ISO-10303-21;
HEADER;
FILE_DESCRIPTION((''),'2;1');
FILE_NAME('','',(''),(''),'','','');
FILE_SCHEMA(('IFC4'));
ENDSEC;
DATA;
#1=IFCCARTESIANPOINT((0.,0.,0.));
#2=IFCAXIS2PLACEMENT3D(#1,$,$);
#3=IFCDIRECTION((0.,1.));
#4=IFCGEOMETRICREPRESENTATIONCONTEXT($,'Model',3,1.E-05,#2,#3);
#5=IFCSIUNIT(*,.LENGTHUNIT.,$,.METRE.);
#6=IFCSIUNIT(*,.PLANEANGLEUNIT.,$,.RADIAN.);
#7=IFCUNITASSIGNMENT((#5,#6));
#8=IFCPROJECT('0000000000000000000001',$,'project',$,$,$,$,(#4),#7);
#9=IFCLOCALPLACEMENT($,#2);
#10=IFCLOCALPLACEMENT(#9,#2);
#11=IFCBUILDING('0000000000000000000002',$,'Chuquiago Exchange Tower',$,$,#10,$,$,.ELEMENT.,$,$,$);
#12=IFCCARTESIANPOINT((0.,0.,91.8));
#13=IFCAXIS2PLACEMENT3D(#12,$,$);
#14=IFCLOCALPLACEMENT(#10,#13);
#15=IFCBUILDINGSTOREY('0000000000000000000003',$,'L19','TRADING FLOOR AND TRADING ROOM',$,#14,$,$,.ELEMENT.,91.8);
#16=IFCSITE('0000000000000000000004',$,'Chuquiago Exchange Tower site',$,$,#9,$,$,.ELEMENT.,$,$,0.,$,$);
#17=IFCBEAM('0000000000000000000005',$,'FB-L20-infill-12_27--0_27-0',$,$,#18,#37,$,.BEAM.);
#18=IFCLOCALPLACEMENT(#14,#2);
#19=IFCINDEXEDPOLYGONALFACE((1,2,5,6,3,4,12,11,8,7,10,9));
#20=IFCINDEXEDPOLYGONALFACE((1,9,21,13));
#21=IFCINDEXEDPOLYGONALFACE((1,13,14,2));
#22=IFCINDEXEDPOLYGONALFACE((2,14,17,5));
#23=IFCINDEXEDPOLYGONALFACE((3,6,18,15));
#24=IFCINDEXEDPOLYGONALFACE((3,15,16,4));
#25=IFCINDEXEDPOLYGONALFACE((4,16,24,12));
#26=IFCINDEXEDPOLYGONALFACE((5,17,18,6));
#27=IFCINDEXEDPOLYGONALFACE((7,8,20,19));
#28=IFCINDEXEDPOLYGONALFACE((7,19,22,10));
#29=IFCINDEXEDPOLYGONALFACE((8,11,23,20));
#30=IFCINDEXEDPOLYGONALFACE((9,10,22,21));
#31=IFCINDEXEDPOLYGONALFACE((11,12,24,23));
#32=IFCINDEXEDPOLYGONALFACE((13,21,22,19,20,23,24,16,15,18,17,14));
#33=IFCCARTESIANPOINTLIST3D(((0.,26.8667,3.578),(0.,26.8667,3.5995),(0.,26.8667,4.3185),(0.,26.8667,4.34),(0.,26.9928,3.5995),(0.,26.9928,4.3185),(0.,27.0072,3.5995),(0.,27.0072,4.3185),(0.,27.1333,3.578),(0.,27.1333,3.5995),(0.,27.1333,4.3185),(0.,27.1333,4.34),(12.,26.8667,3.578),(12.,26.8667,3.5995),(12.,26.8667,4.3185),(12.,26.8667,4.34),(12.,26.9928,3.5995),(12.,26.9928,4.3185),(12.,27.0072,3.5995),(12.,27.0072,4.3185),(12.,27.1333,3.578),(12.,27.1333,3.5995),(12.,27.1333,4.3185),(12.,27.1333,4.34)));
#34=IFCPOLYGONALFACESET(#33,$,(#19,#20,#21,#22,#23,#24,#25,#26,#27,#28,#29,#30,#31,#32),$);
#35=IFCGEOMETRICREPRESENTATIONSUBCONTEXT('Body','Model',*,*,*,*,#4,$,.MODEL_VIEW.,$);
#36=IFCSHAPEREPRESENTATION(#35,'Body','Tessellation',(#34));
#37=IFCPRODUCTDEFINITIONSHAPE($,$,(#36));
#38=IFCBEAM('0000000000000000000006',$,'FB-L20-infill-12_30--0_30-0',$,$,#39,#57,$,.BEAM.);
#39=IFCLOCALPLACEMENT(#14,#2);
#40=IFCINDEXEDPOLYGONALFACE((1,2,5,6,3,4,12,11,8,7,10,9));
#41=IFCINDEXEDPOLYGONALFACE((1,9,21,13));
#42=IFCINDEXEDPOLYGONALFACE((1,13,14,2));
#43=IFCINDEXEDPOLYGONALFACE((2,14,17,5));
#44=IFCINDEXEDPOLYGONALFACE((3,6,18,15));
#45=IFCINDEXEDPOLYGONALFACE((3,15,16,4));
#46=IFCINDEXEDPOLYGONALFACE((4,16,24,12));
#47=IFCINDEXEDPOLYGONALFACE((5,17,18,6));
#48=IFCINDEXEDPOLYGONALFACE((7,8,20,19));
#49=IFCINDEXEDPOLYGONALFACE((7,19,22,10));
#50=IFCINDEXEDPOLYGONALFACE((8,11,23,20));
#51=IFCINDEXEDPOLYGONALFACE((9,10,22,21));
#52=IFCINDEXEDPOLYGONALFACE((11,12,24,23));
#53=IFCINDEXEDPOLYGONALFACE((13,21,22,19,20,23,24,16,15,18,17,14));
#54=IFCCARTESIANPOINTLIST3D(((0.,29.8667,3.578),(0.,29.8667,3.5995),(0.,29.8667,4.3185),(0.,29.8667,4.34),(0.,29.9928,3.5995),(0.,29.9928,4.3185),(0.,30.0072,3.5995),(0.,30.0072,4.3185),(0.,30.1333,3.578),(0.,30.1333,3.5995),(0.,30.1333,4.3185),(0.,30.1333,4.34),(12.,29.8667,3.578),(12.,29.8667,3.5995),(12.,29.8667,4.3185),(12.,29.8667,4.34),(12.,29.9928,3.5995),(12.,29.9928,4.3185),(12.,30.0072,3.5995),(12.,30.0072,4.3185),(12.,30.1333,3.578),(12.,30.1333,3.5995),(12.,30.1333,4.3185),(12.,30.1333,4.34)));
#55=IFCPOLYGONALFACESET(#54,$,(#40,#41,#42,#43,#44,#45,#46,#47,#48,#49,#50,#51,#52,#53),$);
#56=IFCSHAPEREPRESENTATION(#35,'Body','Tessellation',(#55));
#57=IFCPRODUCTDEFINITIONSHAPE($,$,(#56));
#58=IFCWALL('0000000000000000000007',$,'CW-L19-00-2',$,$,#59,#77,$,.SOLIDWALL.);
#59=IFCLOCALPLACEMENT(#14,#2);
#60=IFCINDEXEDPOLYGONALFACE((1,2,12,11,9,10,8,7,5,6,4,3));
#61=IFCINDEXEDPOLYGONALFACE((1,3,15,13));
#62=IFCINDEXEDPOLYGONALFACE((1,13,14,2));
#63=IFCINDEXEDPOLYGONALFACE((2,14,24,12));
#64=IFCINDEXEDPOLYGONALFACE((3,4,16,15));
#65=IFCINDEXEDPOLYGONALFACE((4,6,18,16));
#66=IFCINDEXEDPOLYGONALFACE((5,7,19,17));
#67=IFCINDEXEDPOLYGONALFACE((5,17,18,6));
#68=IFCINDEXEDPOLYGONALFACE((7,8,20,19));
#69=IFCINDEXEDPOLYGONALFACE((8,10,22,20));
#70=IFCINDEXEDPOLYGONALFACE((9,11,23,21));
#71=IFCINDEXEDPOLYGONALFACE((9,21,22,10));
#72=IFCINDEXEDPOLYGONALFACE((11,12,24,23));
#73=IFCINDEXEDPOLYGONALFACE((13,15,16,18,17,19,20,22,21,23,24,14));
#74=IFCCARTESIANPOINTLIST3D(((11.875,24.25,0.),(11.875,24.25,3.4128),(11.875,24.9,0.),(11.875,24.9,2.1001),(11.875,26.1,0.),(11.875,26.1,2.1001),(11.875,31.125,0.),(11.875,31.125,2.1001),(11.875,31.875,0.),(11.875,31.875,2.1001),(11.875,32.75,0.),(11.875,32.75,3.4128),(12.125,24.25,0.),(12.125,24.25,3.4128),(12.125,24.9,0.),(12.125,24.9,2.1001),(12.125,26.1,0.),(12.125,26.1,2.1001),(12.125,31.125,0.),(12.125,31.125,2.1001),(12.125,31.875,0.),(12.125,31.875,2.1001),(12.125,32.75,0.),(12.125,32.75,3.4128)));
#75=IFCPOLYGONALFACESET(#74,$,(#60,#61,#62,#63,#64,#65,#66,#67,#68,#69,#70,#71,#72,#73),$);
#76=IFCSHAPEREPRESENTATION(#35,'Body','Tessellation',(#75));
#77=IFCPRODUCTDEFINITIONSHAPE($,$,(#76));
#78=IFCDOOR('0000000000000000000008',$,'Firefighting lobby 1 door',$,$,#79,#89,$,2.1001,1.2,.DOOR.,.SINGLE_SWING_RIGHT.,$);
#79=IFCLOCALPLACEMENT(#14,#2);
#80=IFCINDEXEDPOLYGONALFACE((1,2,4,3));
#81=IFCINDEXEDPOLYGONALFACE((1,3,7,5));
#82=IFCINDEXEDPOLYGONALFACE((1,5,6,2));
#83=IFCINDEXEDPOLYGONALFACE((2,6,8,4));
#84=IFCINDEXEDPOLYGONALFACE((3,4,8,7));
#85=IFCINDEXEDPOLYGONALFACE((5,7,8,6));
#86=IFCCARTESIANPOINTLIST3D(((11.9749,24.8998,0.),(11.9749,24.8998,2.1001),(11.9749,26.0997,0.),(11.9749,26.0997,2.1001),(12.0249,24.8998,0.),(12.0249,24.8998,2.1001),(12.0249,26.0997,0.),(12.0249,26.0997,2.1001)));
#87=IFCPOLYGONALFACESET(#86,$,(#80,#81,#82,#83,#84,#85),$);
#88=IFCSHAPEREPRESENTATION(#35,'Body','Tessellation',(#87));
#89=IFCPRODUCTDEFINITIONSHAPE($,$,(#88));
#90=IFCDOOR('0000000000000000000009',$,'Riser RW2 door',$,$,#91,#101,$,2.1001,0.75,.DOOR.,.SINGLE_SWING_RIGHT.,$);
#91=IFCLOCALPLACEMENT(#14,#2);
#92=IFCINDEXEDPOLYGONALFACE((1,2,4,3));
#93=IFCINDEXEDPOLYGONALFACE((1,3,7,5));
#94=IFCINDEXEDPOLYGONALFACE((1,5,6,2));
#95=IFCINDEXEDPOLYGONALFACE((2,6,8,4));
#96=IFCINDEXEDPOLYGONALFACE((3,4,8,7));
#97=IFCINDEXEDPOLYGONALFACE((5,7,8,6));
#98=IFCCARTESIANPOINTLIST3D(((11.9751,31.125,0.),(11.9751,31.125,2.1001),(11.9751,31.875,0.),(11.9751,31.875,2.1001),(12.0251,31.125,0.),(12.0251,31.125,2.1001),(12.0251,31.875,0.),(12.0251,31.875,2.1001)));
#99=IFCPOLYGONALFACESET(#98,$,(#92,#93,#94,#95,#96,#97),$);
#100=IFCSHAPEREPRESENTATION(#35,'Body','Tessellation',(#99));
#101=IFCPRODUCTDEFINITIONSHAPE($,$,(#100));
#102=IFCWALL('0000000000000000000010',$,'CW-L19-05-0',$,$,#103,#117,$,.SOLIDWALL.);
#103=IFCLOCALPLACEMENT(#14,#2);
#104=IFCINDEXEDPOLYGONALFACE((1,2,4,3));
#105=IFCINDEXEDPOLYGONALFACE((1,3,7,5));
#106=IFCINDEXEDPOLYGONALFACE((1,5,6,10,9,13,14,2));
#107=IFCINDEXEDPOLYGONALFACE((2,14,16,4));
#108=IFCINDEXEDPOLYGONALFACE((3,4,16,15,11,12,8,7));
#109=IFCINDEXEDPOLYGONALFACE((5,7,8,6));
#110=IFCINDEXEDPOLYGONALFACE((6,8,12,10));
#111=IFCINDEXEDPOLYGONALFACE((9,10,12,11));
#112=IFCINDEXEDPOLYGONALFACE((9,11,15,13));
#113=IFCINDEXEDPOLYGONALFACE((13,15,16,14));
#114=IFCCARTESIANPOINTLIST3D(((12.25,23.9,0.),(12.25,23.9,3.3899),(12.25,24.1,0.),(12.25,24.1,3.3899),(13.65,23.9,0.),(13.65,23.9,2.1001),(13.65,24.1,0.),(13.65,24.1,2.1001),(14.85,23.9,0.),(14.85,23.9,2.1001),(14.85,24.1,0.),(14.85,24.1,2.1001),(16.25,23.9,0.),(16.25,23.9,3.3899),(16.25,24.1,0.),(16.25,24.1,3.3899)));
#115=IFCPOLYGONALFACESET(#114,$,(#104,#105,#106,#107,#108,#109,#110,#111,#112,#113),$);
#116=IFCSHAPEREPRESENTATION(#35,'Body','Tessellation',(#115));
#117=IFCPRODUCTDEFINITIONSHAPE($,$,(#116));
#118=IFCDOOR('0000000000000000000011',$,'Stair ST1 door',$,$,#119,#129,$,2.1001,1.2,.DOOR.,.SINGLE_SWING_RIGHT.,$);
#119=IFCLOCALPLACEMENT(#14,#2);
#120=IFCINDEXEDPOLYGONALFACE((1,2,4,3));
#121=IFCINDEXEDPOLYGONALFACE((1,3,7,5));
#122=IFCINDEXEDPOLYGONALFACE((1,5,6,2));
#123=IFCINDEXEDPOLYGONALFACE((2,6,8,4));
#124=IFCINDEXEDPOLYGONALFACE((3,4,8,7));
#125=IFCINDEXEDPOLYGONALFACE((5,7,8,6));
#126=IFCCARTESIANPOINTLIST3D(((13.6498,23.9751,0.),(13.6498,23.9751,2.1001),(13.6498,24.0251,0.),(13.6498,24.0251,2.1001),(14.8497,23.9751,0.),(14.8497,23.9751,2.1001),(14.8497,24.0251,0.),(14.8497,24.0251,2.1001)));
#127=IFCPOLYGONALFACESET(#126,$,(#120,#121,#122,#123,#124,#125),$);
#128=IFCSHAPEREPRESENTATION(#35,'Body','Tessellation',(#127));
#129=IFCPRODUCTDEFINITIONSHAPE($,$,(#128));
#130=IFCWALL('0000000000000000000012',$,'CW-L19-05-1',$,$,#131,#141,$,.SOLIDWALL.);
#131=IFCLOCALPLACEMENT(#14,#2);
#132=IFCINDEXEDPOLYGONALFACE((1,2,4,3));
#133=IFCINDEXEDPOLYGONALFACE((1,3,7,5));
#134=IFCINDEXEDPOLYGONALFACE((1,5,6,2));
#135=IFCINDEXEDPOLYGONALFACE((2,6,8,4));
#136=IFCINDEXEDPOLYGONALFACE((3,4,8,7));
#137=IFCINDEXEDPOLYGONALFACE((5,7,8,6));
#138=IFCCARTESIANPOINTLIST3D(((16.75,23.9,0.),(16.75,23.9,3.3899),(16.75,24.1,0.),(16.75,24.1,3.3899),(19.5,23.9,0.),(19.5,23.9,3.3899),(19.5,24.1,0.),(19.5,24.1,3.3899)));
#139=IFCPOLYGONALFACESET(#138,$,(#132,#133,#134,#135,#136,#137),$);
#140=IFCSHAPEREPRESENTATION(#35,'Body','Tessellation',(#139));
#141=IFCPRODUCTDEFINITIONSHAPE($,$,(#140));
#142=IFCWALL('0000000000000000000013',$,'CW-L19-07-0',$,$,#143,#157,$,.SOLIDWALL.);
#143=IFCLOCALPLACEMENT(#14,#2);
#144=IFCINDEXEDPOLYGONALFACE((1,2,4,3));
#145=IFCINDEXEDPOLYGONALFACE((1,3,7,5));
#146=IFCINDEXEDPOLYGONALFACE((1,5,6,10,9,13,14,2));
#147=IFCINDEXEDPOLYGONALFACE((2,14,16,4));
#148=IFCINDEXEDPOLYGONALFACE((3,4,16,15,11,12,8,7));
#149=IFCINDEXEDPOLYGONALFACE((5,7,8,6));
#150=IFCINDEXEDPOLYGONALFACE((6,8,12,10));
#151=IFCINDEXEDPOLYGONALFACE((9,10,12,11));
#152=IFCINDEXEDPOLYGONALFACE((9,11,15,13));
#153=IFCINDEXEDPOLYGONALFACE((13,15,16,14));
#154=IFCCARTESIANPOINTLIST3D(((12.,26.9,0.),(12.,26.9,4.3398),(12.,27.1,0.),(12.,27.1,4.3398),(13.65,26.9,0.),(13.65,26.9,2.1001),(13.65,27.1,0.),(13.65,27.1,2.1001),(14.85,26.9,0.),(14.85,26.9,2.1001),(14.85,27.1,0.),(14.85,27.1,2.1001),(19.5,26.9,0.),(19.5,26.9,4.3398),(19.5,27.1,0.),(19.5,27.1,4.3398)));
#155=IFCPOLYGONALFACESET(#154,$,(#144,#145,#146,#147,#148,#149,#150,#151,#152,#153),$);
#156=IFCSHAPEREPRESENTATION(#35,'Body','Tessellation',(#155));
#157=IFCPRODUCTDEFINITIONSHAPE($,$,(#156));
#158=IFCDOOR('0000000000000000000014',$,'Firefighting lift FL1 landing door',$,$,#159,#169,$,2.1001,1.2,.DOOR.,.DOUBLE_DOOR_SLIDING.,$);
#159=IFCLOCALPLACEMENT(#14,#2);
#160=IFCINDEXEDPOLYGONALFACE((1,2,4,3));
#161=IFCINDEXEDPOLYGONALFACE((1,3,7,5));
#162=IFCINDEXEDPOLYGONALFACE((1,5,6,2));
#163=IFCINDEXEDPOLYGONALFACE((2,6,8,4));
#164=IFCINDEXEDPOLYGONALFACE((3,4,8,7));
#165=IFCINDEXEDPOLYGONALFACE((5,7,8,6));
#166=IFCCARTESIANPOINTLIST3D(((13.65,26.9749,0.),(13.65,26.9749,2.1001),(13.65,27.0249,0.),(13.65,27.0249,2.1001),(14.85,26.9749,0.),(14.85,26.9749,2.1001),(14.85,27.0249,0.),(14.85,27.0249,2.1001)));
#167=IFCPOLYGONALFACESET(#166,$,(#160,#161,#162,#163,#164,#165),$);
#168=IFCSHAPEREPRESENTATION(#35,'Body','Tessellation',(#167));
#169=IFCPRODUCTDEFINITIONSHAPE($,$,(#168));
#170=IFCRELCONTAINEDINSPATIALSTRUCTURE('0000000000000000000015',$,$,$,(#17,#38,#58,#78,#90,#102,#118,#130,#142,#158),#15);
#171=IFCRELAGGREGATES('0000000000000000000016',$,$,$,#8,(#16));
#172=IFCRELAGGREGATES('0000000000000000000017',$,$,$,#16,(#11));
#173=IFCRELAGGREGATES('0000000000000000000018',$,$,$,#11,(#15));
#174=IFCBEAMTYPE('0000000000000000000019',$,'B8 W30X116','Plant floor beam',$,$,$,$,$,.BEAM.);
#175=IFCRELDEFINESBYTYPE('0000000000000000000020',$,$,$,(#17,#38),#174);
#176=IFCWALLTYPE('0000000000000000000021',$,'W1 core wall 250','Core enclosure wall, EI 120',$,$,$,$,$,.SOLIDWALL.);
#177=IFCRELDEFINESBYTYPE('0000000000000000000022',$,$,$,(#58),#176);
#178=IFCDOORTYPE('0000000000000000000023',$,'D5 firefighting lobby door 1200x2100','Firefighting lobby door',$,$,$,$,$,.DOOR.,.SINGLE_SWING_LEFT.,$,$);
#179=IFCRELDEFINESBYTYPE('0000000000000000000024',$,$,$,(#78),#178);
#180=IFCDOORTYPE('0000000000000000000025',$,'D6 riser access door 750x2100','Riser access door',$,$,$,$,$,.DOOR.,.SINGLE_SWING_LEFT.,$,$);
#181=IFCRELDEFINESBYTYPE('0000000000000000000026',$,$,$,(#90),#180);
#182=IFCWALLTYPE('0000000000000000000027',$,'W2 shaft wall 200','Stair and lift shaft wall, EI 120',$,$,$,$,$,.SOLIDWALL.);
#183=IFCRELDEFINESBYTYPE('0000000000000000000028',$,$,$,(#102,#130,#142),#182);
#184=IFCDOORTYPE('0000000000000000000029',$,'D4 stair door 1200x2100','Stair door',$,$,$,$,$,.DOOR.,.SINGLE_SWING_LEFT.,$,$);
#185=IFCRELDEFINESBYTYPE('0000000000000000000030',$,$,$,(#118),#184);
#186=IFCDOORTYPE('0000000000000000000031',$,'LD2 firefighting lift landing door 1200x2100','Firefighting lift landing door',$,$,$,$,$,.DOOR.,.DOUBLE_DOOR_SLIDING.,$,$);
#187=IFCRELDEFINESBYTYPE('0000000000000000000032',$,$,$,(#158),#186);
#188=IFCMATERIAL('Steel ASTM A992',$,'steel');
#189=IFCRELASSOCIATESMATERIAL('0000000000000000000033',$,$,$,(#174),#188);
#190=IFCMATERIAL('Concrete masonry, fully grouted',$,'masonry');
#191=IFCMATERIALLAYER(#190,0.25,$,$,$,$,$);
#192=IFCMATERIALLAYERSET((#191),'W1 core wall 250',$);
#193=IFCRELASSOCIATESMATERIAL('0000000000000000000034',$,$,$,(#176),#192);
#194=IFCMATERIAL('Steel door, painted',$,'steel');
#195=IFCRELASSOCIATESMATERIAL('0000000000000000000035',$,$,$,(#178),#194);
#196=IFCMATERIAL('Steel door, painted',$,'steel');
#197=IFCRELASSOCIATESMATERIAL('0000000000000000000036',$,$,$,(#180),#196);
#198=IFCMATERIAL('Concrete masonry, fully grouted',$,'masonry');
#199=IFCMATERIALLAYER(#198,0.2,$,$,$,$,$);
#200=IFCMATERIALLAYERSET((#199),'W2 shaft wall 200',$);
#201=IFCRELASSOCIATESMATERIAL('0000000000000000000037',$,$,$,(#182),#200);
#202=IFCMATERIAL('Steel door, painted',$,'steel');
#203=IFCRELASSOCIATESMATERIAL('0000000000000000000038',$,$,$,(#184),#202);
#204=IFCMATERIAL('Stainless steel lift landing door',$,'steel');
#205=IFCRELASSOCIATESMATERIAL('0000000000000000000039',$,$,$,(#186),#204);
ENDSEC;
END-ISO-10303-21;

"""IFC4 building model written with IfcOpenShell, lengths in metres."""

from ifc_helpers import new_model, si_unit, direction, frame, frame_2d, origin, origin_2d, place, context, subcontext, project, spatial, rectangle, i_section, extrude, material, layer, layer_set, material_profile, profile_set, type_object, element, fill, save


model = new_model("IFC4")

# Units and contexts
model_context = context("Model", 3, precision=1e-05, world=origin(), true_north=direction((0.0, 1.0)))
body_context = subcontext(model_context, "Body", "Model", "MODEL_VIEW")
ifc_project = project(units=[si_unit("LENGTHUNIT", "METRE"), si_unit("PLANEANGLEUNIT", "RADIAN")], contexts=[model_context])

# Site, building, storey
site_placement = place(None, origin())
site = spatial("IfcSite", under=ifc_project, at=site_placement, Name="Chuquiago Exchange Tower site", CompositionType="ELEMENT", RefElevation=0.0)
building_placement = place(site_placement, origin())
building = spatial("IfcBuilding", under=site, at=building_placement, Name="Chuquiago Exchange Tower", CompositionType="ELEMENT")
storey_placement = place(building_placement, frame((0.0, 0.0, 91.8)))
storey = spatial("IfcBuildingStorey", under=building, at=storey_placement, Name="L19", Description="TRADING FLOOR AND TRADING ROOM", CompositionType="ELEMENT", Elevation=91.8)

# Beams
ifc_material_1 = material(Name="Steel ASTM A992", Category="steel")
ifc_material_profile_1 = material_profile(ifc_material_1, i_section(OverallWidth=0.2666, OverallDepth=0.762, WebThickness=0.0144, FlangeThickness=0.0215, at=origin_2d()), Name="W30X116")
ifc_profile_set_1 = profile_set([ifc_material_profile_1], Name="Steel ASTM A992")
beam_type_1 = type_object("IfcBeamType", Name="B8 W30X116", Description="Plant floor beam", PredefinedType="BEAM", material=ifc_profile_set_1)
for number, where, z_axis, x_axis, name in (
    (1, (12.0, 27.0, 3.959), (-1.0, 0.0, 0.0), (0.0, -1.0, 0.0), "FB-L20-infill-12_27--0_27-0"),
    (2, (12.0, 30.0, 3.959), (-1.0, 0.0, 0.0), (0.0, -1.0, 0.0), "FB-L20-infill-12_30--0_30-0"),
):
    element("IfcBeam", number, at=place(storey_placement, frame(where, z_axis=z_axis, x_axis=x_axis)), inside=storey, type_object=beam_type_1, Name=name, PredefinedType="BEAM", context=body_context, shape_type="SweptSolid", body=[
        extrude(i_section(OverallWidth=0.2666, OverallDepth=0.762, WebThickness=0.0144, FlangeThickness=0.0215, at=origin_2d()), origin(), (0.0, 0.0, 1.0), 12.0),
    ])

# Wall, openings, doors
ifc_material_2 = material(Name="Concrete masonry, fully grouted", Category="masonry")
ifc_layer_1 = layer(ifc_material_2, 0.25)
ifc_layer_set_1 = layer_set([ifc_layer_1], Name="W1 core wall 250")
wall_type_1 = type_object("IfcWallType", Name="W1 core wall 250", Description="Core enclosure wall, EI 120", PredefinedType="SOLIDWALL", material=ifc_layer_set_1)
wall_1_placement = place(storey_placement, frame((12.0, 24.25, 0.0), z_axis=(0.0, 0.0, 1.0), x_axis=(0.0, 1.0, 0.0)))
wall_1 = element("IfcWall", 3, at=wall_1_placement, inside=storey, type_object=wall_type_1, Name="CW-L19-00-2", PredefinedType="SOLIDWALL", context=body_context, shape_type="SweptSolid", body=[
    extrude(rectangle(XDim=8.5, YDim=0.25, at=frame_2d((4.25, 0.0))), origin(), (0.0, 0.0, 1.0), 3.4128),
])
opening_1_placement = place(wall_1_placement, frame((0.6499, 0.0, 0.0)))
opening_1 = element("IfcOpeningElement", 4, at=opening_1_placement, cuts=wall_1, PredefinedType="OPENING", context=body_context, shape_type="SweptSolid", body=[
    extrude(rectangle(XDim=1.2, YDim=2.1001, at=frame_2d((0.6001, 1.05))), frame((0.0, 0.135, 0.0), z_axis=(0.0, -1.0, 0.0), x_axis=(1.0, 0.0, 0.0)), (0.0, 0.0, 1.0), 0.27),
])
opening_2_placement = place(wall_1_placement, frame((6.875, 0.0, 0.0)))
opening_2 = element("IfcOpeningElement", 5, at=opening_2_placement, cuts=wall_1, PredefinedType="OPENING", context=body_context, shape_type="SweptSolid", body=[
    extrude(rectangle(XDim=0.75, YDim=2.1001, at=frame_2d((0.375, 1.05))), frame((0.0, 0.135, 0.0), z_axis=(0.0, -1.0, 0.0), x_axis=(1.0, 0.0, 0.0)), (0.0, 0.0, 1.0), 0.27),
])
ifc_material_3 = material(Name="Steel door, painted", Category="steel")
door_type_1 = type_object("IfcDoorType", Name="D5 firefighting lobby door 1200x2100", Description="Firefighting lobby door", OperationType="SINGLE_SWING_LEFT", PredefinedType="DOOR", material=ifc_material_3)
door_1_placement = place(opening_1_placement, frame((1.2, 0.0, 0.0), z_axis=(0.0, 0.0, 1.0), x_axis=(-1.0, 0.0, 0.0)))
door_1 = element("IfcDoor", 6, at=door_1_placement, inside=storey, type_object=door_type_1, Name="Firefighting lobby 1 door", OperationType="SINGLE_SWING_RIGHT", OverallHeight=2.1001, OverallWidth=1.2, PredefinedType="DOOR", context=body_context, shape_type="SweptSolid", body=[
    extrude(rectangle(XDim=1.2, YDim=2.1001, at=frame_2d((0.6001, 1.05))), frame((0.0, 0.0249, 0.0), z_axis=(0.0, -1.0, 0.0), x_axis=(1.0, 0.0, 0.0)), (0.0, 0.0, 1.0), 0.05),
])
fill(opening_1, door_1)
ifc_material_4 = material(Name="Steel door, painted", Category="steel")
door_type_2 = type_object("IfcDoorType", Name="D6 riser access door 750x2100", Description="Riser access door", OperationType="SINGLE_SWING_LEFT", PredefinedType="DOOR", material=ifc_material_4)
door_2_placement = place(opening_2_placement, origin())
door_2 = element("IfcDoor", 7, at=door_2_placement, inside=storey, type_object=door_type_2, Name="Riser RW2 door", OperationType="SINGLE_SWING_RIGHT", OverallHeight=2.1001, OverallWidth=0.75, PredefinedType="DOOR", context=body_context, shape_type="SweptSolid", body=[
    extrude(rectangle(XDim=0.75, YDim=2.1001, at=frame_2d((0.375, 1.05))), frame((0.0, 0.0249, 0.0), z_axis=(0.0, -1.0, 0.0), x_axis=(1.0, 0.0, 0.0)), (0.0, 0.0, 1.0), 0.05),
])
fill(opening_2, door_2)

# Wall, opening, door
ifc_material_5 = material(Name="Concrete masonry, fully grouted", Category="masonry")
ifc_layer_2 = layer(ifc_material_5, 0.2)
ifc_layer_set_2 = layer_set([ifc_layer_2], Name="W2 shaft wall 200")
wall_type_2 = type_object("IfcWallType", Name="W2 shaft wall 200", Description="Stair and lift shaft wall, EI 120", PredefinedType="SOLIDWALL", material=ifc_layer_set_2)
wall_2_placement = place(storey_placement, frame((12.25, 24.0, 0.0), z_axis=(0.0, 0.0, 1.0), x_axis=(1.0, 0.0, 0.0)))
wall_2 = element("IfcWall", 8, at=wall_2_placement, inside=storey, type_object=wall_type_2, Name="CW-L19-05-0", PredefinedType="SOLIDWALL", context=body_context, shape_type="SweptSolid", body=[
    extrude(rectangle(XDim=4.0, YDim=0.2, at=frame_2d((2.0, 0.0))), origin(), (0.0, 0.0, 1.0), 3.3899),
])
opening_3_placement = place(wall_2_placement, frame((1.3999, 0.0, 0.0)))
opening_3 = element("IfcOpeningElement", 9, at=opening_3_placement, cuts=wall_2, PredefinedType="OPENING", context=body_context, shape_type="SweptSolid", body=[
    extrude(rectangle(XDim=1.2, YDim=2.1001, at=frame_2d((0.6001, 1.05))), frame((0.0, 0.1099, 0.0), z_axis=(0.0, -1.0, 0.0), x_axis=(1.0, 0.0, 0.0)), (0.0, 0.0, 1.0), 0.22),
])
ifc_material_6 = material(Name="Steel door, painted", Category="steel")
door_type_3 = type_object("IfcDoorType", Name="D4 stair door 1200x2100", Description="Stair door", OperationType="SINGLE_SWING_LEFT", PredefinedType="DOOR", material=ifc_material_6)
door_3_placement = place(opening_3_placement, frame((1.2, 0.0, 0.0), z_axis=(0.0, 0.0, 1.0), x_axis=(-1.0, 0.0, 0.0)))
door_3 = element("IfcDoor", 10, at=door_3_placement, inside=storey, type_object=door_type_3, Name="Stair ST1 door", OperationType="SINGLE_SWING_RIGHT", OverallHeight=2.1001, OverallWidth=1.2, PredefinedType="DOOR", context=body_context, shape_type="SweptSolid", body=[
    extrude(rectangle(XDim=1.2, YDim=2.1001, at=frame_2d((0.6001, 1.05))), frame((0.0, 0.0249, 0.0), z_axis=(0.0, -1.0, 0.0), x_axis=(1.0, 0.0, 0.0)), (0.0, 0.0, 1.0), 0.05),
])
fill(opening_3, door_3)

# Wall
wall_3_placement = place(storey_placement, frame((16.75, 24.0, 0.0), z_axis=(0.0, 0.0, 1.0), x_axis=(1.0, 0.0, 0.0)))
element("IfcWall", 11, at=wall_3_placement, inside=storey, type_object=wall_type_2, Name="CW-L19-05-1", PredefinedType="SOLIDWALL", context=body_context, shape_type="SweptSolid", body=[
    extrude(rectangle(XDim=2.75, YDim=0.2, at=frame_2d((1.375, 0.0))), origin(), (0.0, 0.0, 1.0), 3.3899),
])

# Wall, opening, door
wall_4_placement = place(storey_placement, frame((12.0, 27.0, 0.0), z_axis=(0.0, 0.0, 1.0), x_axis=(1.0, 0.0, 0.0)))
wall_4 = element("IfcWall", 12, at=wall_4_placement, inside=storey, type_object=wall_type_2, Name="CW-L19-07-0", PredefinedType="SOLIDWALL", context=body_context, shape_type="SweptSolid", body=[
    extrude(rectangle(XDim=7.5, YDim=0.2, at=frame_2d((3.75, 0.0))), origin(), (0.0, 0.0, 1.0), 4.3398),
])
opening_4_placement = place(wall_4_placement, frame((1.6499, 0.0, 0.0)))
opening_4 = element("IfcOpeningElement", 13, at=opening_4_placement, cuts=wall_4, PredefinedType="OPENING", context=body_context, shape_type="SweptSolid", body=[
    extrude(rectangle(XDim=1.2, YDim=2.1001, at=frame_2d((0.6001, 1.05))), frame((0.0, 0.1099, 0.0), z_axis=(0.0, -1.0, 0.0), x_axis=(1.0, 0.0, 0.0)), (0.0, 0.0, 1.0), 0.22),
])
ifc_material_7 = material(Name="Stainless steel lift landing door", Category="steel")
door_type_4 = type_object("IfcDoorType", Name="LD2 firefighting lift landing door 1200x2100", Description="Firefighting lift landing door", OperationType="DOUBLE_DOOR_SLIDING", PredefinedType="DOOR", material=ifc_material_7)
door_4_placement = place(opening_4_placement, origin())
door_4 = element("IfcDoor", 14, at=door_4_placement, inside=storey, type_object=door_type_4, Name="Firefighting lift FL1 landing door", OperationType="DOUBLE_DOOR_SLIDING", OverallHeight=2.1001, OverallWidth=1.2, PredefinedType="DOOR", context=body_context, shape_type="SweptSolid", body=[
    extrude(rectangle(XDim=1.2, YDim=2.1001, at=frame_2d((0.6001, 1.05))), frame((0.0, 0.0249, 0.0), z_axis=(0.0, -1.0, 0.0), x_axis=(1.0, 0.0, 0.0)), (0.0, 0.0, 1.0), 0.05),
])
fill(opening_4, door_4)

save(model, "model.ifc")
